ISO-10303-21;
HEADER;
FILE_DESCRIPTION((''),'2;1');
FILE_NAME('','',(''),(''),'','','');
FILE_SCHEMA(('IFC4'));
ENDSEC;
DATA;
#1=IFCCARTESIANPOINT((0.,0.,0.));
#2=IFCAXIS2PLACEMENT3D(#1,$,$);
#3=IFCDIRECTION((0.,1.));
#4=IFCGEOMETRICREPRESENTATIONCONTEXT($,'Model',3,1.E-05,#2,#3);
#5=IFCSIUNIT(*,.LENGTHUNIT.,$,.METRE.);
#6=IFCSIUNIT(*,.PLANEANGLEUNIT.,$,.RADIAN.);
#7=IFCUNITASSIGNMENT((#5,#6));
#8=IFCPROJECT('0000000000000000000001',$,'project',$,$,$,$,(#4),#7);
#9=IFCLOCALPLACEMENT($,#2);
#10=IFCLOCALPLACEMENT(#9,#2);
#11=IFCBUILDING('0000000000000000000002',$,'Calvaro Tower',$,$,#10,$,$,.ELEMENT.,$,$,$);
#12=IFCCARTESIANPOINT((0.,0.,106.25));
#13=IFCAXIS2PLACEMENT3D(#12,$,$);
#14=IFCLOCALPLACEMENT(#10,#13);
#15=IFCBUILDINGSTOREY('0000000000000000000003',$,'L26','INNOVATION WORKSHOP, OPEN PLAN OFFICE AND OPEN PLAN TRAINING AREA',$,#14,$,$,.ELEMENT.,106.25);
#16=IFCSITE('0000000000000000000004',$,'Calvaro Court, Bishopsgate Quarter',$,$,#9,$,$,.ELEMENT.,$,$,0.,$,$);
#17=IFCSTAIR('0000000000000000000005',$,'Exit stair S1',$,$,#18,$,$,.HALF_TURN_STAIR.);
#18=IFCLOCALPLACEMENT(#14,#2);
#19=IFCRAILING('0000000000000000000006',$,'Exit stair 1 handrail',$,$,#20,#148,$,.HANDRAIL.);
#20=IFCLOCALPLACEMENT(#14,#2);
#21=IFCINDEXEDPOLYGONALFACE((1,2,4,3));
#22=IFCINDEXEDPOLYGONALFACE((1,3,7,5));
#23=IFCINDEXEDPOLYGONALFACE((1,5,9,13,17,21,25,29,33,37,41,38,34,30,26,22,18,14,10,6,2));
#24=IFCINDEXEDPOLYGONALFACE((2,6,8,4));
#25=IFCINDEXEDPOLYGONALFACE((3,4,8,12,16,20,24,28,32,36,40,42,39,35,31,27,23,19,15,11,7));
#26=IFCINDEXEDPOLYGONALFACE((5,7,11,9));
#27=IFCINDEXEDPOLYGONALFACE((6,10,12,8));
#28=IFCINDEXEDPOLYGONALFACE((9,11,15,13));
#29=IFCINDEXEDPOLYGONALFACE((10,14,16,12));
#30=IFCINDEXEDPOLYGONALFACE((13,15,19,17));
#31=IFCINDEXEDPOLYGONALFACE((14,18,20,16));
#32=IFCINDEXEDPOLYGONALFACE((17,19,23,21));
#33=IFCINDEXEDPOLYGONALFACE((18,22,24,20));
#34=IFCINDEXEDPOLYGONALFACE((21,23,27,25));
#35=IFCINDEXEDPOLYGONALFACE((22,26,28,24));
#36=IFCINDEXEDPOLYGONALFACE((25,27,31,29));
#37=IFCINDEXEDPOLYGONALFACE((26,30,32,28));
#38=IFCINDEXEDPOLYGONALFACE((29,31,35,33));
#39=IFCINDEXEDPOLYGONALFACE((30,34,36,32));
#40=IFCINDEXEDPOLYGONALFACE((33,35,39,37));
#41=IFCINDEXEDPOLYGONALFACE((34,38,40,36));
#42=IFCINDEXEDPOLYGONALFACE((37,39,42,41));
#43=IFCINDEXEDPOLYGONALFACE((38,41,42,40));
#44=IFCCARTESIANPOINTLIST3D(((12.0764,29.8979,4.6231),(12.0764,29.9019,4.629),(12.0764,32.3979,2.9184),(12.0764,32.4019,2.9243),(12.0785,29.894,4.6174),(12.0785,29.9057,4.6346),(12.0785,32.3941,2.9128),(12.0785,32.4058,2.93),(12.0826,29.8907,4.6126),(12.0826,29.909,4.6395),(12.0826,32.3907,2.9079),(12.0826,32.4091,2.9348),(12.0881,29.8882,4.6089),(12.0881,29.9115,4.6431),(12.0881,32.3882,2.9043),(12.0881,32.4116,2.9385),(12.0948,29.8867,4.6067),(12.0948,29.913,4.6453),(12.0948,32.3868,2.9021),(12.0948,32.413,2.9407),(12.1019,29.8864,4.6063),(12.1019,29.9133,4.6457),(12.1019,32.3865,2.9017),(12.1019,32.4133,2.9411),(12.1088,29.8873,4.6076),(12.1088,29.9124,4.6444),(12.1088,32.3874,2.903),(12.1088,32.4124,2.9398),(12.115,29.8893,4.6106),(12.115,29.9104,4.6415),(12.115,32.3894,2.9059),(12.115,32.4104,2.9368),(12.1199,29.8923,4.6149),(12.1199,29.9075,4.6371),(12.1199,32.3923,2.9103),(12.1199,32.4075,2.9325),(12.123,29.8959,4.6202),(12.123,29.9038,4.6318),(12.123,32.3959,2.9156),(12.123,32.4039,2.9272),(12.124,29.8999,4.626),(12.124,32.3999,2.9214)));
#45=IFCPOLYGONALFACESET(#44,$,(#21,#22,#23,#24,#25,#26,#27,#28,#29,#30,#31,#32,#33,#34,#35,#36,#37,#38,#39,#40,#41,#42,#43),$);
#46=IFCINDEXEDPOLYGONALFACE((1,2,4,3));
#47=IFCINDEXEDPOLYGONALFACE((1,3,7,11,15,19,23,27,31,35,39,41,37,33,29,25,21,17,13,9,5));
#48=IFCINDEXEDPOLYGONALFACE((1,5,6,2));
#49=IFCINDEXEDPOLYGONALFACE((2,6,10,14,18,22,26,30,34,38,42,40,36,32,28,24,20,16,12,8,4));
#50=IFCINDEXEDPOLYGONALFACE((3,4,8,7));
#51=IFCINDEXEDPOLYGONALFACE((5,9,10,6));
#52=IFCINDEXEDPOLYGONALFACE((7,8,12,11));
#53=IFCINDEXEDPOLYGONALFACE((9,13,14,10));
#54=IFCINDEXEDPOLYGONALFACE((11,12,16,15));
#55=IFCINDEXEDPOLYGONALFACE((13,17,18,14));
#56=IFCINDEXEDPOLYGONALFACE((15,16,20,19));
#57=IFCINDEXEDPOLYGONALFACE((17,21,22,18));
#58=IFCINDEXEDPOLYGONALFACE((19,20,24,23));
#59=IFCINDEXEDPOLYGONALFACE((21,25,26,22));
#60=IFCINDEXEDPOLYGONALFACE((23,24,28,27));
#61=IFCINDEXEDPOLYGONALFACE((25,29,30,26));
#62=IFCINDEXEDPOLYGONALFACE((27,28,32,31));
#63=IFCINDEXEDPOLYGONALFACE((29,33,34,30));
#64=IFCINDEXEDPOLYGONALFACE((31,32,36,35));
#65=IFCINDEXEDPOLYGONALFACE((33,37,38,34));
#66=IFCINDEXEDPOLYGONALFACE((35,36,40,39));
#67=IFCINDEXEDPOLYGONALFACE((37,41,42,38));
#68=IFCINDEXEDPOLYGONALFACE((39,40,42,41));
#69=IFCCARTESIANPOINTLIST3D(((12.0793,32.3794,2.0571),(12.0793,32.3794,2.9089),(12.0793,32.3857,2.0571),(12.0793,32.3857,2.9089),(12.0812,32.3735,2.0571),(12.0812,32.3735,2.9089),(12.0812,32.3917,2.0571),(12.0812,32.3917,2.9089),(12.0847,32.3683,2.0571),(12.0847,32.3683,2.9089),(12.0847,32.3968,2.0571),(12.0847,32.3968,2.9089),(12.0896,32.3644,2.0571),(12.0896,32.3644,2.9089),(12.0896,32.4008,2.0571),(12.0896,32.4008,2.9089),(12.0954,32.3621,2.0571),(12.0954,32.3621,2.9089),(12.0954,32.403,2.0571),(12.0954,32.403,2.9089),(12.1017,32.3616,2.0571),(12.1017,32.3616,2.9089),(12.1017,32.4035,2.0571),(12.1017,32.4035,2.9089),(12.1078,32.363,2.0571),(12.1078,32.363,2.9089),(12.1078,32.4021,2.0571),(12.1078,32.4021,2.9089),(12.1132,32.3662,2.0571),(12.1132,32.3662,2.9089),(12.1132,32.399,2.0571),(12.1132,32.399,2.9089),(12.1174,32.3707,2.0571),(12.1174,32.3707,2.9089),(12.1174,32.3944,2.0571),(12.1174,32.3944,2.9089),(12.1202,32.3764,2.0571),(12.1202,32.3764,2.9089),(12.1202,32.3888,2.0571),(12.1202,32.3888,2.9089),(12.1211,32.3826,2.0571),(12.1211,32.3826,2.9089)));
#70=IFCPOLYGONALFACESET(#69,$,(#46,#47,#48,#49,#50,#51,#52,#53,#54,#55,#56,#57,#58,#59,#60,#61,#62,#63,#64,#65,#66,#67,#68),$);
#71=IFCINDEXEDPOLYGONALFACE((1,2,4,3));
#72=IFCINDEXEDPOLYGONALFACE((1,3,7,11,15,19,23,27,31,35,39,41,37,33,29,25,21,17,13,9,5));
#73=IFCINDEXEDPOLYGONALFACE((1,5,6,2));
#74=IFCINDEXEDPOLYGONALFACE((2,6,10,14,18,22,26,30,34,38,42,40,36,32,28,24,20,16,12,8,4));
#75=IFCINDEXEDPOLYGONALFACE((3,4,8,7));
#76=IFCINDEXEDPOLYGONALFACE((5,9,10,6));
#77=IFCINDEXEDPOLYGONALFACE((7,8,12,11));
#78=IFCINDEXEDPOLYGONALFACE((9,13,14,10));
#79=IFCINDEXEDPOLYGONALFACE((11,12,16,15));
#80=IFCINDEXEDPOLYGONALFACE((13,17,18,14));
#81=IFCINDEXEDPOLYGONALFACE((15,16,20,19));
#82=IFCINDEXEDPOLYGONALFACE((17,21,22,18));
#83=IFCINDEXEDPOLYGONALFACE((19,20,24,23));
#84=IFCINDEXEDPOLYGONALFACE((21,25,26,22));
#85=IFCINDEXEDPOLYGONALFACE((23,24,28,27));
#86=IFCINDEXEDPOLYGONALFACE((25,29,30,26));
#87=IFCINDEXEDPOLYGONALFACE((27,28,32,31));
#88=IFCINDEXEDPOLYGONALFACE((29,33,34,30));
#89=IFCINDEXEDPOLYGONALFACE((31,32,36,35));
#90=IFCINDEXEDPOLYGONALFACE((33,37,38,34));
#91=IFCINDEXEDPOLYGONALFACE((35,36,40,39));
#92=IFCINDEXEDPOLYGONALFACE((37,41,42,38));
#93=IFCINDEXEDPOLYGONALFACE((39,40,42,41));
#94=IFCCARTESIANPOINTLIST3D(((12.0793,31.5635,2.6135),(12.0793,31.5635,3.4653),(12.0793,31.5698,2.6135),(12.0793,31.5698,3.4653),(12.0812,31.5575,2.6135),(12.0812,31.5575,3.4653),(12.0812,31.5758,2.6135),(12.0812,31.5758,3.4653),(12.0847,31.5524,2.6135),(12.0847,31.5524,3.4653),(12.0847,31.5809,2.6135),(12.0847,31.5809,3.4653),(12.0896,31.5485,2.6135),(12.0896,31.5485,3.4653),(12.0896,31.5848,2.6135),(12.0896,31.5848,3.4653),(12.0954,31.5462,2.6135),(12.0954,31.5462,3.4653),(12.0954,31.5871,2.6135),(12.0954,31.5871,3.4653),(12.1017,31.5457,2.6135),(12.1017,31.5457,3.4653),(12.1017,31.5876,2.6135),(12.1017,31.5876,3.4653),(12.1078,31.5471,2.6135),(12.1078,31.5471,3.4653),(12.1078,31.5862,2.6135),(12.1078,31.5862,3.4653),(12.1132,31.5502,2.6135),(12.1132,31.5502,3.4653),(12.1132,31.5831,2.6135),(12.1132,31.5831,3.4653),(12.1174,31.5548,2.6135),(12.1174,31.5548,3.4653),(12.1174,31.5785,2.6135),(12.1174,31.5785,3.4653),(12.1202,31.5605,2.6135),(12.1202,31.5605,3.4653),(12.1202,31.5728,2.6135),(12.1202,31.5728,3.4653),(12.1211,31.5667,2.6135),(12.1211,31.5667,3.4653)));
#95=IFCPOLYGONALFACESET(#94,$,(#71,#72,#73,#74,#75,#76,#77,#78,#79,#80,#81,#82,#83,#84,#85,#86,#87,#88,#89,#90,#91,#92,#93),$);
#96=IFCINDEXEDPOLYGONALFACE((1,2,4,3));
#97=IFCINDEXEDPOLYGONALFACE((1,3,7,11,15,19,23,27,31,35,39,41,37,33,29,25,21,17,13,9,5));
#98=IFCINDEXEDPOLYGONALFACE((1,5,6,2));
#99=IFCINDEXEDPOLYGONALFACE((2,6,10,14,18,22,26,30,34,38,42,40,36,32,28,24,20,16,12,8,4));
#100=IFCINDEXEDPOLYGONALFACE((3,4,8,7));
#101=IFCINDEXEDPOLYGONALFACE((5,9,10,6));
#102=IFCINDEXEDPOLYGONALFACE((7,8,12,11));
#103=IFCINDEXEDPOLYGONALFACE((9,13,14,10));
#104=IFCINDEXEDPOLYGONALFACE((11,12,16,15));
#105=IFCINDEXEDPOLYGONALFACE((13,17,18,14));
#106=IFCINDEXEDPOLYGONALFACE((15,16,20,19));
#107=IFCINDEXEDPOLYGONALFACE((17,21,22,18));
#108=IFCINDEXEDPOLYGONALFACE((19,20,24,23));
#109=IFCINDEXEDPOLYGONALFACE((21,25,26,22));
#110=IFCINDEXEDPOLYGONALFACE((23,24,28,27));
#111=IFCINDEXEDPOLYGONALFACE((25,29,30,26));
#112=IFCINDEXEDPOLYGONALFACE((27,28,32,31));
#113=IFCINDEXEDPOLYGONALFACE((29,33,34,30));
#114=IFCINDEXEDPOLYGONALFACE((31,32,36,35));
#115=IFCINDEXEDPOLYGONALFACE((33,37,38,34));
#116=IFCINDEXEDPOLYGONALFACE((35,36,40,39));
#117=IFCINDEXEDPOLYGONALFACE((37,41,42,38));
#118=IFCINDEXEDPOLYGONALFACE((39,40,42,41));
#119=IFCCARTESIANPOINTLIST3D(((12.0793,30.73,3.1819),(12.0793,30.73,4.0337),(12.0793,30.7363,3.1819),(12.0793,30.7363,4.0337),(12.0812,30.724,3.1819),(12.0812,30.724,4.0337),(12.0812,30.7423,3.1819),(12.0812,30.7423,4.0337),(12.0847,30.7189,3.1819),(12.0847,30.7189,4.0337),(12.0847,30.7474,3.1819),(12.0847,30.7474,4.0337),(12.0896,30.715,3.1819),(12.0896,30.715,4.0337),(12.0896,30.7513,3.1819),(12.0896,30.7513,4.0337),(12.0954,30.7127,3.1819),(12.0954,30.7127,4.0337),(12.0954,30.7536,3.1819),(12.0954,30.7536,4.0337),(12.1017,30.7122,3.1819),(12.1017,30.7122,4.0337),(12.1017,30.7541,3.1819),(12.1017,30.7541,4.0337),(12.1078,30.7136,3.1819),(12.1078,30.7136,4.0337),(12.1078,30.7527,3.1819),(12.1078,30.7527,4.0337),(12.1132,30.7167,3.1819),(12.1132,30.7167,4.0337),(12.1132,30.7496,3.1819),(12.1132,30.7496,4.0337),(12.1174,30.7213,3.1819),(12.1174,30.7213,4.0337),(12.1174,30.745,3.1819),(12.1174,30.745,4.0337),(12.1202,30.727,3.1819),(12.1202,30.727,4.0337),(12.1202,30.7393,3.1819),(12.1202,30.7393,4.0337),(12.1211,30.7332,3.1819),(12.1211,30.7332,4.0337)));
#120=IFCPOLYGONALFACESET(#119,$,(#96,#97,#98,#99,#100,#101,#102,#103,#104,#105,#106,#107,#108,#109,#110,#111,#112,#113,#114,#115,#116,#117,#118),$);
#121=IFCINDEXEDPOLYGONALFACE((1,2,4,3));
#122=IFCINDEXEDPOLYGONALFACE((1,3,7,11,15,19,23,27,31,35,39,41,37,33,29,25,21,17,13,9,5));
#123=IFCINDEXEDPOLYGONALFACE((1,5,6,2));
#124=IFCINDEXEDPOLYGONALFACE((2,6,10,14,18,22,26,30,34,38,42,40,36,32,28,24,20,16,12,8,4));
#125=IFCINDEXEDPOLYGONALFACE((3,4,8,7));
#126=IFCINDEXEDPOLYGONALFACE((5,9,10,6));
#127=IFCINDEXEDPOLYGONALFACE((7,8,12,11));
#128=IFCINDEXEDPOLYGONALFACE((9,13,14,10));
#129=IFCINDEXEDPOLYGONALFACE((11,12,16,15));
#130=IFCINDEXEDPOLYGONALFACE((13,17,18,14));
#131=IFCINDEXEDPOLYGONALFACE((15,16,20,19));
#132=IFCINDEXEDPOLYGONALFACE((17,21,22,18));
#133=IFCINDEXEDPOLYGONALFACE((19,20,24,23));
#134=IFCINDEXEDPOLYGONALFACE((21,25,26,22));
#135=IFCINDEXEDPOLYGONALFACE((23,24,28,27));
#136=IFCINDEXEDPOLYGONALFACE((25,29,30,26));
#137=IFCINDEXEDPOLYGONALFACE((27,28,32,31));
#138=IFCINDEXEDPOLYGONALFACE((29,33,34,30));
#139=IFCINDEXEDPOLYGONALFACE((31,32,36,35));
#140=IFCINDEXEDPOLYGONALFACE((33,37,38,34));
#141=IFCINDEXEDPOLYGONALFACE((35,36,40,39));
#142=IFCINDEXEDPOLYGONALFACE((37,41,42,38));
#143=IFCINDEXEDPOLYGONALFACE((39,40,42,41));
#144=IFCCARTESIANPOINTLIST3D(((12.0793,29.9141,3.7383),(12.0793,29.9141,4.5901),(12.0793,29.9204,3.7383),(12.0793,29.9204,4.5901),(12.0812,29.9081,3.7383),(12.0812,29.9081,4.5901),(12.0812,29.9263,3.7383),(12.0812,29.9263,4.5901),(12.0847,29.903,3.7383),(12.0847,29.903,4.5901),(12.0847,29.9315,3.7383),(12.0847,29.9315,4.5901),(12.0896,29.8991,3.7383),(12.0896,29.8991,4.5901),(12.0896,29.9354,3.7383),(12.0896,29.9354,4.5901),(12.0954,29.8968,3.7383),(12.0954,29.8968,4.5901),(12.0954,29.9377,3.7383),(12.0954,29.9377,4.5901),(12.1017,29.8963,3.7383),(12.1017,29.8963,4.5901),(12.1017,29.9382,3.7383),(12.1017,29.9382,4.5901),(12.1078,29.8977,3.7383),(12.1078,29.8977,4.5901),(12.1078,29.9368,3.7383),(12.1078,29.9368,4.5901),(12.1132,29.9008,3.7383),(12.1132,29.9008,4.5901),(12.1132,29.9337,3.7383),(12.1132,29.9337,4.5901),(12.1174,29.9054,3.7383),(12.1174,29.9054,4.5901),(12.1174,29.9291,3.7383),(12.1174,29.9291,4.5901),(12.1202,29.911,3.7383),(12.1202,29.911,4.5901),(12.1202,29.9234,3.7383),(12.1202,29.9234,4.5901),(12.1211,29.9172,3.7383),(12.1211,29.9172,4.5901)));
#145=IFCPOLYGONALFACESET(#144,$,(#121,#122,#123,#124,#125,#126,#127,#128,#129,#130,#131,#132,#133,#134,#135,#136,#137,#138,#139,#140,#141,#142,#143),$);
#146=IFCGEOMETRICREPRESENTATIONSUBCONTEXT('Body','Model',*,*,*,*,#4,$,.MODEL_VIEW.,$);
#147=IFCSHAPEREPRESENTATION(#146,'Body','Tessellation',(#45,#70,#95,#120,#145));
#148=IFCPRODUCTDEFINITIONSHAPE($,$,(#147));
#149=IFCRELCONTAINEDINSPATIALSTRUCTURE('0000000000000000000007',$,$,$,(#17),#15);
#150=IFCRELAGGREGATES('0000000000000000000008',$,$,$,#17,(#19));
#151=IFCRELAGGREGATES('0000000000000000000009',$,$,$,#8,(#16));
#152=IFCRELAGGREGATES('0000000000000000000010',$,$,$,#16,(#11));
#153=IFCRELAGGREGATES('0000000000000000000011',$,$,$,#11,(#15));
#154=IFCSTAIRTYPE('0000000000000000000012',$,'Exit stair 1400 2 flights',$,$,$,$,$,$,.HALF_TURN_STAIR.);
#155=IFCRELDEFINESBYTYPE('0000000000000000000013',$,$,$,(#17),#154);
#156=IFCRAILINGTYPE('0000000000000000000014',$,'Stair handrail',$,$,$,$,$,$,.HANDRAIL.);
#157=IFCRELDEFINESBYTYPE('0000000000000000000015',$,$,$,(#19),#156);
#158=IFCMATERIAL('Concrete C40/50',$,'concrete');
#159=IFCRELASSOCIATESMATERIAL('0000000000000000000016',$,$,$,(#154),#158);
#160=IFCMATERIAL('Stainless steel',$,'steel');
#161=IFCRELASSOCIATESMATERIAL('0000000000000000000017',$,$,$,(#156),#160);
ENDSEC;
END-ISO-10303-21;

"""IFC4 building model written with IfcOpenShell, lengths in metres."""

from ifc_helpers import new_model, si_unit, direction, frame, origin, origin_2d, place, context, subcontext, project, spatial, circle, extrude, material, type_object, element, aggregate, save


model = new_model("IFC4")

# Units and contexts
model_context = context("Model", 3, precision=1e-05, world=origin(), true_north=direction((0.0, 1.0)))
body_context = subcontext(model_context, "Body", "Model", "MODEL_VIEW")
ifc_project = project(units=[si_unit("LENGTHUNIT", "METRE"), si_unit("PLANEANGLEUNIT", "RADIAN")], contexts=[model_context])

# Site, building, storey
site_placement = place(None, origin())
site = spatial("IfcSite", under=ifc_project, at=site_placement, Name="Calvaro Court, Bishopsgate Quarter", CompositionType="ELEMENT", RefElevation=0.0)
building_placement = place(site_placement, origin())
building = spatial("IfcBuilding", under=site, at=building_placement, Name="Calvaro Tower", CompositionType="ELEMENT")
storey_placement = place(building_placement, frame((0.0, 0.0, 106.25)))
storey = spatial("IfcBuildingStorey", under=building, at=storey_placement, Name="L26", Description="INNOVATION WORKSHOP, OPEN PLAN OFFICE AND OPEN PLAN TRAINING AREA", CompositionType="ELEMENT", Elevation=106.25)

# Stair, railing
ifc_material_1 = material(Name="Concrete C40/50", Category="concrete")
stair_type = type_object("IfcStairType", Name="Exit stair 1400 2 flights", PredefinedType="HALF_TURN_STAIR", material=ifc_material_1)
stair_placement = place(storey_placement, origin())
stair = element("IfcStair", 1, at=stair_placement, inside=storey, type_object=stair_type, Name="Exit stair S1", PredefinedType="HALF_TURN_STAIR")
ifc_material_2 = material(Name="Stainless steel", Category="steel")
railing_type = type_object("IfcRailingType", Name="Stair handrail", PredefinedType="HANDRAIL", material=ifc_material_2)
railing_1_placement = place(storey_placement, frame((12.1001, 32.3999, 2.0454)))
railing_1 = element("IfcRailing", 2, at=railing_1_placement, type_object=railing_type, Name="Exit stair 1 handrail", PredefinedType="HANDRAIL", context=body_context, shape_type="SweptSolid", body=[
    extrude(circle(Radius=0.0239, at=origin_2d()), frame((0.0, 0.0, 0.876), z_axis=(0.0, -0.826221, 0.563347), x_axis=(1.0, 0.0, 0.0)), (0.0, 0.0, 1.0), 3.0259),
    extrude(circle(Radius=0.021, at=origin_2d()), frame((0.0, -0.0173, 0.0117)), (0.0, 0.0, 1.0), 0.8518),
    extrude(circle(Radius=0.021, at=origin_2d()), frame((0.0, -0.8333, 0.5681)), (0.0, 0.0, 1.0), 0.8518),
    extrude(circle(Radius=0.021, at=origin_2d()), frame((0.0, -1.6667, 1.1365)), (0.0, 0.0, 1.0), 0.8518),
    extrude(circle(Radius=0.021, at=origin_2d()), frame((0.0, -2.4827, 1.6929)), (0.0, 0.0, 1.0), 0.8518),
])
aggregate(stair, [railing_1])

save(model, "model.ifc")
